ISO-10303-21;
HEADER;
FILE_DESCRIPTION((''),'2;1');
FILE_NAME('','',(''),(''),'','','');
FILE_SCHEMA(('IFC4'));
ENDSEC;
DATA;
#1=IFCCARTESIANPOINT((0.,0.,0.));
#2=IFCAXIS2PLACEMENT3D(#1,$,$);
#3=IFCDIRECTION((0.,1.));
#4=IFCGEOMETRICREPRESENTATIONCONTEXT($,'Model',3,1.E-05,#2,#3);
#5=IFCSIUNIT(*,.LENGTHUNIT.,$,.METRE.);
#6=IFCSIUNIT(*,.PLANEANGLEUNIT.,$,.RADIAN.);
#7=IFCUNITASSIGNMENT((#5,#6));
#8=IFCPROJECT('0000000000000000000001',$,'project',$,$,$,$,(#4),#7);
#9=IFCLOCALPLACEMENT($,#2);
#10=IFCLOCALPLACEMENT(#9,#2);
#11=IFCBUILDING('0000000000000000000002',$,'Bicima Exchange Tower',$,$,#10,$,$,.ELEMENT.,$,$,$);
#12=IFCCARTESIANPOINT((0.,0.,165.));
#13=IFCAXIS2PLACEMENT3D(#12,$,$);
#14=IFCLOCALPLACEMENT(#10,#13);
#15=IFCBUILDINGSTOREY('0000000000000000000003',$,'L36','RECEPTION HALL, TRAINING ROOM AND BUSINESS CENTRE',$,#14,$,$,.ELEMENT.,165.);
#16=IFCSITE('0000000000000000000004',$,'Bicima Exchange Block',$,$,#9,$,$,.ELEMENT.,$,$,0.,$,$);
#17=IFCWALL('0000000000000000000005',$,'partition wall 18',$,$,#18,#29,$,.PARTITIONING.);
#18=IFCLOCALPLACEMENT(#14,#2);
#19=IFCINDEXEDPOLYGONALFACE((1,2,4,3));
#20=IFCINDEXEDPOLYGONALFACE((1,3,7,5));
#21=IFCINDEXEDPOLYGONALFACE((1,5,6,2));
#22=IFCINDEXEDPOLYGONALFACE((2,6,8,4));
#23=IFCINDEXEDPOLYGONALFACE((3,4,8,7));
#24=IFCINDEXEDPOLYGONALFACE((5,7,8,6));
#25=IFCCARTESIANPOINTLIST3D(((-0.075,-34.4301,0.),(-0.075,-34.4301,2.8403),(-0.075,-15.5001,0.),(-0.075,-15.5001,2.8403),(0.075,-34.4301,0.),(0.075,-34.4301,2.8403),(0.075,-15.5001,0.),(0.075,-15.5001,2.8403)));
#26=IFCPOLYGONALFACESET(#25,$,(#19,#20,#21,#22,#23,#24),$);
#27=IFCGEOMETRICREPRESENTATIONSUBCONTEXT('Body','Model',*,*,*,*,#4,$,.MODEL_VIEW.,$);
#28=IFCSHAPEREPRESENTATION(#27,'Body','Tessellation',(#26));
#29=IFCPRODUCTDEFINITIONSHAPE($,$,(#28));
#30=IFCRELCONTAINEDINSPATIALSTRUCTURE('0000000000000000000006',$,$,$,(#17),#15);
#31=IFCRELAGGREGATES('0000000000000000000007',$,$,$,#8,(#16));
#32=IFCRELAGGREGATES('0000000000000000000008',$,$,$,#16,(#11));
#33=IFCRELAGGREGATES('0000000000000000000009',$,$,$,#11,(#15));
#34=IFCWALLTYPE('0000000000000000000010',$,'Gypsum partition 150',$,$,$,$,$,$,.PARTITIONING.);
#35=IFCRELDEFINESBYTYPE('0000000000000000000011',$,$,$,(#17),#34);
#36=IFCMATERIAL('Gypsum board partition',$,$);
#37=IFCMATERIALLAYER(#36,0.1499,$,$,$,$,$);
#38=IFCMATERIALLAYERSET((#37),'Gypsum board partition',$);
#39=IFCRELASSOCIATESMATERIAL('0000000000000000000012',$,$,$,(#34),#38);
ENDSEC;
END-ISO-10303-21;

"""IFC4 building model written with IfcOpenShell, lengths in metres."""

from ifc_helpers import new_model, si_unit, direction, frame, frame_2d, origin, place, context, subcontext, project, spatial, rectangle, extrude, material, layer, layer_set, type_object, element, save


model = new_model("IFC4")

# Units and contexts
model_context = context("Model", 3, precision=1e-05, world=origin(), true_north=direction((0.0, 1.0)))
body_context = subcontext(model_context, "Body", "Model", "MODEL_VIEW")
ifc_project = project(units=[si_unit("LENGTHUNIT", "METRE"), si_unit("PLANEANGLEUNIT", "RADIAN")], contexts=[model_context])

# Site, building, storey
site_placement = place(None, origin())
site = spatial("IfcSite", under=ifc_project, at=site_placement, Name="Bicima Exchange Block", CompositionType="ELEMENT", RefElevation=0.0)
building_placement = place(site_placement, origin())
building = spatial("IfcBuilding", under=site, at=building_placement, Name="Bicima Exchange Tower", CompositionType="ELEMENT")
storey_placement = place(building_placement, frame((0.0, 0.0, 165.0)))
storey = spatial("IfcBuildingStorey", under=building, at=storey_placement, Name="L36", Description="RECEPTION HALL, TRAINING ROOM AND BUSINESS CENTRE", CompositionType="ELEMENT", Elevation=165.0)

# Wall
ifc_material_1 = material(Name="Gypsum board partition")
ifc_layer_1 = layer(ifc_material_1, 0.1499)
ifc_layer_set_1 = layer_set([ifc_layer_1], Name="Gypsum board partition")
wall_type = type_object("IfcWallType", Name="Gypsum partition 150", PredefinedType="PARTITIONING", material=ifc_layer_set_1)
wall_1_placement = place(storey_placement, frame((0.0, -34.4299, 0.0), z_axis=(0.0, 0.0, 1.0), x_axis=(0.0, 1.0, 0.0)))
element("IfcWall", 1, at=wall_1_placement, inside=storey, type_object=wall_type, Name="partition wall 18", PredefinedType="PARTITIONING", context=body_context, shape_type="SweptSolid", body=[
    extrude(rectangle(XDim=18.9299, YDim=0.1499, at=frame_2d((9.4648, 0.0))), origin(), (0.0, 0.0, 1.0), 2.8403),
])

save(model, "model.ifc")
